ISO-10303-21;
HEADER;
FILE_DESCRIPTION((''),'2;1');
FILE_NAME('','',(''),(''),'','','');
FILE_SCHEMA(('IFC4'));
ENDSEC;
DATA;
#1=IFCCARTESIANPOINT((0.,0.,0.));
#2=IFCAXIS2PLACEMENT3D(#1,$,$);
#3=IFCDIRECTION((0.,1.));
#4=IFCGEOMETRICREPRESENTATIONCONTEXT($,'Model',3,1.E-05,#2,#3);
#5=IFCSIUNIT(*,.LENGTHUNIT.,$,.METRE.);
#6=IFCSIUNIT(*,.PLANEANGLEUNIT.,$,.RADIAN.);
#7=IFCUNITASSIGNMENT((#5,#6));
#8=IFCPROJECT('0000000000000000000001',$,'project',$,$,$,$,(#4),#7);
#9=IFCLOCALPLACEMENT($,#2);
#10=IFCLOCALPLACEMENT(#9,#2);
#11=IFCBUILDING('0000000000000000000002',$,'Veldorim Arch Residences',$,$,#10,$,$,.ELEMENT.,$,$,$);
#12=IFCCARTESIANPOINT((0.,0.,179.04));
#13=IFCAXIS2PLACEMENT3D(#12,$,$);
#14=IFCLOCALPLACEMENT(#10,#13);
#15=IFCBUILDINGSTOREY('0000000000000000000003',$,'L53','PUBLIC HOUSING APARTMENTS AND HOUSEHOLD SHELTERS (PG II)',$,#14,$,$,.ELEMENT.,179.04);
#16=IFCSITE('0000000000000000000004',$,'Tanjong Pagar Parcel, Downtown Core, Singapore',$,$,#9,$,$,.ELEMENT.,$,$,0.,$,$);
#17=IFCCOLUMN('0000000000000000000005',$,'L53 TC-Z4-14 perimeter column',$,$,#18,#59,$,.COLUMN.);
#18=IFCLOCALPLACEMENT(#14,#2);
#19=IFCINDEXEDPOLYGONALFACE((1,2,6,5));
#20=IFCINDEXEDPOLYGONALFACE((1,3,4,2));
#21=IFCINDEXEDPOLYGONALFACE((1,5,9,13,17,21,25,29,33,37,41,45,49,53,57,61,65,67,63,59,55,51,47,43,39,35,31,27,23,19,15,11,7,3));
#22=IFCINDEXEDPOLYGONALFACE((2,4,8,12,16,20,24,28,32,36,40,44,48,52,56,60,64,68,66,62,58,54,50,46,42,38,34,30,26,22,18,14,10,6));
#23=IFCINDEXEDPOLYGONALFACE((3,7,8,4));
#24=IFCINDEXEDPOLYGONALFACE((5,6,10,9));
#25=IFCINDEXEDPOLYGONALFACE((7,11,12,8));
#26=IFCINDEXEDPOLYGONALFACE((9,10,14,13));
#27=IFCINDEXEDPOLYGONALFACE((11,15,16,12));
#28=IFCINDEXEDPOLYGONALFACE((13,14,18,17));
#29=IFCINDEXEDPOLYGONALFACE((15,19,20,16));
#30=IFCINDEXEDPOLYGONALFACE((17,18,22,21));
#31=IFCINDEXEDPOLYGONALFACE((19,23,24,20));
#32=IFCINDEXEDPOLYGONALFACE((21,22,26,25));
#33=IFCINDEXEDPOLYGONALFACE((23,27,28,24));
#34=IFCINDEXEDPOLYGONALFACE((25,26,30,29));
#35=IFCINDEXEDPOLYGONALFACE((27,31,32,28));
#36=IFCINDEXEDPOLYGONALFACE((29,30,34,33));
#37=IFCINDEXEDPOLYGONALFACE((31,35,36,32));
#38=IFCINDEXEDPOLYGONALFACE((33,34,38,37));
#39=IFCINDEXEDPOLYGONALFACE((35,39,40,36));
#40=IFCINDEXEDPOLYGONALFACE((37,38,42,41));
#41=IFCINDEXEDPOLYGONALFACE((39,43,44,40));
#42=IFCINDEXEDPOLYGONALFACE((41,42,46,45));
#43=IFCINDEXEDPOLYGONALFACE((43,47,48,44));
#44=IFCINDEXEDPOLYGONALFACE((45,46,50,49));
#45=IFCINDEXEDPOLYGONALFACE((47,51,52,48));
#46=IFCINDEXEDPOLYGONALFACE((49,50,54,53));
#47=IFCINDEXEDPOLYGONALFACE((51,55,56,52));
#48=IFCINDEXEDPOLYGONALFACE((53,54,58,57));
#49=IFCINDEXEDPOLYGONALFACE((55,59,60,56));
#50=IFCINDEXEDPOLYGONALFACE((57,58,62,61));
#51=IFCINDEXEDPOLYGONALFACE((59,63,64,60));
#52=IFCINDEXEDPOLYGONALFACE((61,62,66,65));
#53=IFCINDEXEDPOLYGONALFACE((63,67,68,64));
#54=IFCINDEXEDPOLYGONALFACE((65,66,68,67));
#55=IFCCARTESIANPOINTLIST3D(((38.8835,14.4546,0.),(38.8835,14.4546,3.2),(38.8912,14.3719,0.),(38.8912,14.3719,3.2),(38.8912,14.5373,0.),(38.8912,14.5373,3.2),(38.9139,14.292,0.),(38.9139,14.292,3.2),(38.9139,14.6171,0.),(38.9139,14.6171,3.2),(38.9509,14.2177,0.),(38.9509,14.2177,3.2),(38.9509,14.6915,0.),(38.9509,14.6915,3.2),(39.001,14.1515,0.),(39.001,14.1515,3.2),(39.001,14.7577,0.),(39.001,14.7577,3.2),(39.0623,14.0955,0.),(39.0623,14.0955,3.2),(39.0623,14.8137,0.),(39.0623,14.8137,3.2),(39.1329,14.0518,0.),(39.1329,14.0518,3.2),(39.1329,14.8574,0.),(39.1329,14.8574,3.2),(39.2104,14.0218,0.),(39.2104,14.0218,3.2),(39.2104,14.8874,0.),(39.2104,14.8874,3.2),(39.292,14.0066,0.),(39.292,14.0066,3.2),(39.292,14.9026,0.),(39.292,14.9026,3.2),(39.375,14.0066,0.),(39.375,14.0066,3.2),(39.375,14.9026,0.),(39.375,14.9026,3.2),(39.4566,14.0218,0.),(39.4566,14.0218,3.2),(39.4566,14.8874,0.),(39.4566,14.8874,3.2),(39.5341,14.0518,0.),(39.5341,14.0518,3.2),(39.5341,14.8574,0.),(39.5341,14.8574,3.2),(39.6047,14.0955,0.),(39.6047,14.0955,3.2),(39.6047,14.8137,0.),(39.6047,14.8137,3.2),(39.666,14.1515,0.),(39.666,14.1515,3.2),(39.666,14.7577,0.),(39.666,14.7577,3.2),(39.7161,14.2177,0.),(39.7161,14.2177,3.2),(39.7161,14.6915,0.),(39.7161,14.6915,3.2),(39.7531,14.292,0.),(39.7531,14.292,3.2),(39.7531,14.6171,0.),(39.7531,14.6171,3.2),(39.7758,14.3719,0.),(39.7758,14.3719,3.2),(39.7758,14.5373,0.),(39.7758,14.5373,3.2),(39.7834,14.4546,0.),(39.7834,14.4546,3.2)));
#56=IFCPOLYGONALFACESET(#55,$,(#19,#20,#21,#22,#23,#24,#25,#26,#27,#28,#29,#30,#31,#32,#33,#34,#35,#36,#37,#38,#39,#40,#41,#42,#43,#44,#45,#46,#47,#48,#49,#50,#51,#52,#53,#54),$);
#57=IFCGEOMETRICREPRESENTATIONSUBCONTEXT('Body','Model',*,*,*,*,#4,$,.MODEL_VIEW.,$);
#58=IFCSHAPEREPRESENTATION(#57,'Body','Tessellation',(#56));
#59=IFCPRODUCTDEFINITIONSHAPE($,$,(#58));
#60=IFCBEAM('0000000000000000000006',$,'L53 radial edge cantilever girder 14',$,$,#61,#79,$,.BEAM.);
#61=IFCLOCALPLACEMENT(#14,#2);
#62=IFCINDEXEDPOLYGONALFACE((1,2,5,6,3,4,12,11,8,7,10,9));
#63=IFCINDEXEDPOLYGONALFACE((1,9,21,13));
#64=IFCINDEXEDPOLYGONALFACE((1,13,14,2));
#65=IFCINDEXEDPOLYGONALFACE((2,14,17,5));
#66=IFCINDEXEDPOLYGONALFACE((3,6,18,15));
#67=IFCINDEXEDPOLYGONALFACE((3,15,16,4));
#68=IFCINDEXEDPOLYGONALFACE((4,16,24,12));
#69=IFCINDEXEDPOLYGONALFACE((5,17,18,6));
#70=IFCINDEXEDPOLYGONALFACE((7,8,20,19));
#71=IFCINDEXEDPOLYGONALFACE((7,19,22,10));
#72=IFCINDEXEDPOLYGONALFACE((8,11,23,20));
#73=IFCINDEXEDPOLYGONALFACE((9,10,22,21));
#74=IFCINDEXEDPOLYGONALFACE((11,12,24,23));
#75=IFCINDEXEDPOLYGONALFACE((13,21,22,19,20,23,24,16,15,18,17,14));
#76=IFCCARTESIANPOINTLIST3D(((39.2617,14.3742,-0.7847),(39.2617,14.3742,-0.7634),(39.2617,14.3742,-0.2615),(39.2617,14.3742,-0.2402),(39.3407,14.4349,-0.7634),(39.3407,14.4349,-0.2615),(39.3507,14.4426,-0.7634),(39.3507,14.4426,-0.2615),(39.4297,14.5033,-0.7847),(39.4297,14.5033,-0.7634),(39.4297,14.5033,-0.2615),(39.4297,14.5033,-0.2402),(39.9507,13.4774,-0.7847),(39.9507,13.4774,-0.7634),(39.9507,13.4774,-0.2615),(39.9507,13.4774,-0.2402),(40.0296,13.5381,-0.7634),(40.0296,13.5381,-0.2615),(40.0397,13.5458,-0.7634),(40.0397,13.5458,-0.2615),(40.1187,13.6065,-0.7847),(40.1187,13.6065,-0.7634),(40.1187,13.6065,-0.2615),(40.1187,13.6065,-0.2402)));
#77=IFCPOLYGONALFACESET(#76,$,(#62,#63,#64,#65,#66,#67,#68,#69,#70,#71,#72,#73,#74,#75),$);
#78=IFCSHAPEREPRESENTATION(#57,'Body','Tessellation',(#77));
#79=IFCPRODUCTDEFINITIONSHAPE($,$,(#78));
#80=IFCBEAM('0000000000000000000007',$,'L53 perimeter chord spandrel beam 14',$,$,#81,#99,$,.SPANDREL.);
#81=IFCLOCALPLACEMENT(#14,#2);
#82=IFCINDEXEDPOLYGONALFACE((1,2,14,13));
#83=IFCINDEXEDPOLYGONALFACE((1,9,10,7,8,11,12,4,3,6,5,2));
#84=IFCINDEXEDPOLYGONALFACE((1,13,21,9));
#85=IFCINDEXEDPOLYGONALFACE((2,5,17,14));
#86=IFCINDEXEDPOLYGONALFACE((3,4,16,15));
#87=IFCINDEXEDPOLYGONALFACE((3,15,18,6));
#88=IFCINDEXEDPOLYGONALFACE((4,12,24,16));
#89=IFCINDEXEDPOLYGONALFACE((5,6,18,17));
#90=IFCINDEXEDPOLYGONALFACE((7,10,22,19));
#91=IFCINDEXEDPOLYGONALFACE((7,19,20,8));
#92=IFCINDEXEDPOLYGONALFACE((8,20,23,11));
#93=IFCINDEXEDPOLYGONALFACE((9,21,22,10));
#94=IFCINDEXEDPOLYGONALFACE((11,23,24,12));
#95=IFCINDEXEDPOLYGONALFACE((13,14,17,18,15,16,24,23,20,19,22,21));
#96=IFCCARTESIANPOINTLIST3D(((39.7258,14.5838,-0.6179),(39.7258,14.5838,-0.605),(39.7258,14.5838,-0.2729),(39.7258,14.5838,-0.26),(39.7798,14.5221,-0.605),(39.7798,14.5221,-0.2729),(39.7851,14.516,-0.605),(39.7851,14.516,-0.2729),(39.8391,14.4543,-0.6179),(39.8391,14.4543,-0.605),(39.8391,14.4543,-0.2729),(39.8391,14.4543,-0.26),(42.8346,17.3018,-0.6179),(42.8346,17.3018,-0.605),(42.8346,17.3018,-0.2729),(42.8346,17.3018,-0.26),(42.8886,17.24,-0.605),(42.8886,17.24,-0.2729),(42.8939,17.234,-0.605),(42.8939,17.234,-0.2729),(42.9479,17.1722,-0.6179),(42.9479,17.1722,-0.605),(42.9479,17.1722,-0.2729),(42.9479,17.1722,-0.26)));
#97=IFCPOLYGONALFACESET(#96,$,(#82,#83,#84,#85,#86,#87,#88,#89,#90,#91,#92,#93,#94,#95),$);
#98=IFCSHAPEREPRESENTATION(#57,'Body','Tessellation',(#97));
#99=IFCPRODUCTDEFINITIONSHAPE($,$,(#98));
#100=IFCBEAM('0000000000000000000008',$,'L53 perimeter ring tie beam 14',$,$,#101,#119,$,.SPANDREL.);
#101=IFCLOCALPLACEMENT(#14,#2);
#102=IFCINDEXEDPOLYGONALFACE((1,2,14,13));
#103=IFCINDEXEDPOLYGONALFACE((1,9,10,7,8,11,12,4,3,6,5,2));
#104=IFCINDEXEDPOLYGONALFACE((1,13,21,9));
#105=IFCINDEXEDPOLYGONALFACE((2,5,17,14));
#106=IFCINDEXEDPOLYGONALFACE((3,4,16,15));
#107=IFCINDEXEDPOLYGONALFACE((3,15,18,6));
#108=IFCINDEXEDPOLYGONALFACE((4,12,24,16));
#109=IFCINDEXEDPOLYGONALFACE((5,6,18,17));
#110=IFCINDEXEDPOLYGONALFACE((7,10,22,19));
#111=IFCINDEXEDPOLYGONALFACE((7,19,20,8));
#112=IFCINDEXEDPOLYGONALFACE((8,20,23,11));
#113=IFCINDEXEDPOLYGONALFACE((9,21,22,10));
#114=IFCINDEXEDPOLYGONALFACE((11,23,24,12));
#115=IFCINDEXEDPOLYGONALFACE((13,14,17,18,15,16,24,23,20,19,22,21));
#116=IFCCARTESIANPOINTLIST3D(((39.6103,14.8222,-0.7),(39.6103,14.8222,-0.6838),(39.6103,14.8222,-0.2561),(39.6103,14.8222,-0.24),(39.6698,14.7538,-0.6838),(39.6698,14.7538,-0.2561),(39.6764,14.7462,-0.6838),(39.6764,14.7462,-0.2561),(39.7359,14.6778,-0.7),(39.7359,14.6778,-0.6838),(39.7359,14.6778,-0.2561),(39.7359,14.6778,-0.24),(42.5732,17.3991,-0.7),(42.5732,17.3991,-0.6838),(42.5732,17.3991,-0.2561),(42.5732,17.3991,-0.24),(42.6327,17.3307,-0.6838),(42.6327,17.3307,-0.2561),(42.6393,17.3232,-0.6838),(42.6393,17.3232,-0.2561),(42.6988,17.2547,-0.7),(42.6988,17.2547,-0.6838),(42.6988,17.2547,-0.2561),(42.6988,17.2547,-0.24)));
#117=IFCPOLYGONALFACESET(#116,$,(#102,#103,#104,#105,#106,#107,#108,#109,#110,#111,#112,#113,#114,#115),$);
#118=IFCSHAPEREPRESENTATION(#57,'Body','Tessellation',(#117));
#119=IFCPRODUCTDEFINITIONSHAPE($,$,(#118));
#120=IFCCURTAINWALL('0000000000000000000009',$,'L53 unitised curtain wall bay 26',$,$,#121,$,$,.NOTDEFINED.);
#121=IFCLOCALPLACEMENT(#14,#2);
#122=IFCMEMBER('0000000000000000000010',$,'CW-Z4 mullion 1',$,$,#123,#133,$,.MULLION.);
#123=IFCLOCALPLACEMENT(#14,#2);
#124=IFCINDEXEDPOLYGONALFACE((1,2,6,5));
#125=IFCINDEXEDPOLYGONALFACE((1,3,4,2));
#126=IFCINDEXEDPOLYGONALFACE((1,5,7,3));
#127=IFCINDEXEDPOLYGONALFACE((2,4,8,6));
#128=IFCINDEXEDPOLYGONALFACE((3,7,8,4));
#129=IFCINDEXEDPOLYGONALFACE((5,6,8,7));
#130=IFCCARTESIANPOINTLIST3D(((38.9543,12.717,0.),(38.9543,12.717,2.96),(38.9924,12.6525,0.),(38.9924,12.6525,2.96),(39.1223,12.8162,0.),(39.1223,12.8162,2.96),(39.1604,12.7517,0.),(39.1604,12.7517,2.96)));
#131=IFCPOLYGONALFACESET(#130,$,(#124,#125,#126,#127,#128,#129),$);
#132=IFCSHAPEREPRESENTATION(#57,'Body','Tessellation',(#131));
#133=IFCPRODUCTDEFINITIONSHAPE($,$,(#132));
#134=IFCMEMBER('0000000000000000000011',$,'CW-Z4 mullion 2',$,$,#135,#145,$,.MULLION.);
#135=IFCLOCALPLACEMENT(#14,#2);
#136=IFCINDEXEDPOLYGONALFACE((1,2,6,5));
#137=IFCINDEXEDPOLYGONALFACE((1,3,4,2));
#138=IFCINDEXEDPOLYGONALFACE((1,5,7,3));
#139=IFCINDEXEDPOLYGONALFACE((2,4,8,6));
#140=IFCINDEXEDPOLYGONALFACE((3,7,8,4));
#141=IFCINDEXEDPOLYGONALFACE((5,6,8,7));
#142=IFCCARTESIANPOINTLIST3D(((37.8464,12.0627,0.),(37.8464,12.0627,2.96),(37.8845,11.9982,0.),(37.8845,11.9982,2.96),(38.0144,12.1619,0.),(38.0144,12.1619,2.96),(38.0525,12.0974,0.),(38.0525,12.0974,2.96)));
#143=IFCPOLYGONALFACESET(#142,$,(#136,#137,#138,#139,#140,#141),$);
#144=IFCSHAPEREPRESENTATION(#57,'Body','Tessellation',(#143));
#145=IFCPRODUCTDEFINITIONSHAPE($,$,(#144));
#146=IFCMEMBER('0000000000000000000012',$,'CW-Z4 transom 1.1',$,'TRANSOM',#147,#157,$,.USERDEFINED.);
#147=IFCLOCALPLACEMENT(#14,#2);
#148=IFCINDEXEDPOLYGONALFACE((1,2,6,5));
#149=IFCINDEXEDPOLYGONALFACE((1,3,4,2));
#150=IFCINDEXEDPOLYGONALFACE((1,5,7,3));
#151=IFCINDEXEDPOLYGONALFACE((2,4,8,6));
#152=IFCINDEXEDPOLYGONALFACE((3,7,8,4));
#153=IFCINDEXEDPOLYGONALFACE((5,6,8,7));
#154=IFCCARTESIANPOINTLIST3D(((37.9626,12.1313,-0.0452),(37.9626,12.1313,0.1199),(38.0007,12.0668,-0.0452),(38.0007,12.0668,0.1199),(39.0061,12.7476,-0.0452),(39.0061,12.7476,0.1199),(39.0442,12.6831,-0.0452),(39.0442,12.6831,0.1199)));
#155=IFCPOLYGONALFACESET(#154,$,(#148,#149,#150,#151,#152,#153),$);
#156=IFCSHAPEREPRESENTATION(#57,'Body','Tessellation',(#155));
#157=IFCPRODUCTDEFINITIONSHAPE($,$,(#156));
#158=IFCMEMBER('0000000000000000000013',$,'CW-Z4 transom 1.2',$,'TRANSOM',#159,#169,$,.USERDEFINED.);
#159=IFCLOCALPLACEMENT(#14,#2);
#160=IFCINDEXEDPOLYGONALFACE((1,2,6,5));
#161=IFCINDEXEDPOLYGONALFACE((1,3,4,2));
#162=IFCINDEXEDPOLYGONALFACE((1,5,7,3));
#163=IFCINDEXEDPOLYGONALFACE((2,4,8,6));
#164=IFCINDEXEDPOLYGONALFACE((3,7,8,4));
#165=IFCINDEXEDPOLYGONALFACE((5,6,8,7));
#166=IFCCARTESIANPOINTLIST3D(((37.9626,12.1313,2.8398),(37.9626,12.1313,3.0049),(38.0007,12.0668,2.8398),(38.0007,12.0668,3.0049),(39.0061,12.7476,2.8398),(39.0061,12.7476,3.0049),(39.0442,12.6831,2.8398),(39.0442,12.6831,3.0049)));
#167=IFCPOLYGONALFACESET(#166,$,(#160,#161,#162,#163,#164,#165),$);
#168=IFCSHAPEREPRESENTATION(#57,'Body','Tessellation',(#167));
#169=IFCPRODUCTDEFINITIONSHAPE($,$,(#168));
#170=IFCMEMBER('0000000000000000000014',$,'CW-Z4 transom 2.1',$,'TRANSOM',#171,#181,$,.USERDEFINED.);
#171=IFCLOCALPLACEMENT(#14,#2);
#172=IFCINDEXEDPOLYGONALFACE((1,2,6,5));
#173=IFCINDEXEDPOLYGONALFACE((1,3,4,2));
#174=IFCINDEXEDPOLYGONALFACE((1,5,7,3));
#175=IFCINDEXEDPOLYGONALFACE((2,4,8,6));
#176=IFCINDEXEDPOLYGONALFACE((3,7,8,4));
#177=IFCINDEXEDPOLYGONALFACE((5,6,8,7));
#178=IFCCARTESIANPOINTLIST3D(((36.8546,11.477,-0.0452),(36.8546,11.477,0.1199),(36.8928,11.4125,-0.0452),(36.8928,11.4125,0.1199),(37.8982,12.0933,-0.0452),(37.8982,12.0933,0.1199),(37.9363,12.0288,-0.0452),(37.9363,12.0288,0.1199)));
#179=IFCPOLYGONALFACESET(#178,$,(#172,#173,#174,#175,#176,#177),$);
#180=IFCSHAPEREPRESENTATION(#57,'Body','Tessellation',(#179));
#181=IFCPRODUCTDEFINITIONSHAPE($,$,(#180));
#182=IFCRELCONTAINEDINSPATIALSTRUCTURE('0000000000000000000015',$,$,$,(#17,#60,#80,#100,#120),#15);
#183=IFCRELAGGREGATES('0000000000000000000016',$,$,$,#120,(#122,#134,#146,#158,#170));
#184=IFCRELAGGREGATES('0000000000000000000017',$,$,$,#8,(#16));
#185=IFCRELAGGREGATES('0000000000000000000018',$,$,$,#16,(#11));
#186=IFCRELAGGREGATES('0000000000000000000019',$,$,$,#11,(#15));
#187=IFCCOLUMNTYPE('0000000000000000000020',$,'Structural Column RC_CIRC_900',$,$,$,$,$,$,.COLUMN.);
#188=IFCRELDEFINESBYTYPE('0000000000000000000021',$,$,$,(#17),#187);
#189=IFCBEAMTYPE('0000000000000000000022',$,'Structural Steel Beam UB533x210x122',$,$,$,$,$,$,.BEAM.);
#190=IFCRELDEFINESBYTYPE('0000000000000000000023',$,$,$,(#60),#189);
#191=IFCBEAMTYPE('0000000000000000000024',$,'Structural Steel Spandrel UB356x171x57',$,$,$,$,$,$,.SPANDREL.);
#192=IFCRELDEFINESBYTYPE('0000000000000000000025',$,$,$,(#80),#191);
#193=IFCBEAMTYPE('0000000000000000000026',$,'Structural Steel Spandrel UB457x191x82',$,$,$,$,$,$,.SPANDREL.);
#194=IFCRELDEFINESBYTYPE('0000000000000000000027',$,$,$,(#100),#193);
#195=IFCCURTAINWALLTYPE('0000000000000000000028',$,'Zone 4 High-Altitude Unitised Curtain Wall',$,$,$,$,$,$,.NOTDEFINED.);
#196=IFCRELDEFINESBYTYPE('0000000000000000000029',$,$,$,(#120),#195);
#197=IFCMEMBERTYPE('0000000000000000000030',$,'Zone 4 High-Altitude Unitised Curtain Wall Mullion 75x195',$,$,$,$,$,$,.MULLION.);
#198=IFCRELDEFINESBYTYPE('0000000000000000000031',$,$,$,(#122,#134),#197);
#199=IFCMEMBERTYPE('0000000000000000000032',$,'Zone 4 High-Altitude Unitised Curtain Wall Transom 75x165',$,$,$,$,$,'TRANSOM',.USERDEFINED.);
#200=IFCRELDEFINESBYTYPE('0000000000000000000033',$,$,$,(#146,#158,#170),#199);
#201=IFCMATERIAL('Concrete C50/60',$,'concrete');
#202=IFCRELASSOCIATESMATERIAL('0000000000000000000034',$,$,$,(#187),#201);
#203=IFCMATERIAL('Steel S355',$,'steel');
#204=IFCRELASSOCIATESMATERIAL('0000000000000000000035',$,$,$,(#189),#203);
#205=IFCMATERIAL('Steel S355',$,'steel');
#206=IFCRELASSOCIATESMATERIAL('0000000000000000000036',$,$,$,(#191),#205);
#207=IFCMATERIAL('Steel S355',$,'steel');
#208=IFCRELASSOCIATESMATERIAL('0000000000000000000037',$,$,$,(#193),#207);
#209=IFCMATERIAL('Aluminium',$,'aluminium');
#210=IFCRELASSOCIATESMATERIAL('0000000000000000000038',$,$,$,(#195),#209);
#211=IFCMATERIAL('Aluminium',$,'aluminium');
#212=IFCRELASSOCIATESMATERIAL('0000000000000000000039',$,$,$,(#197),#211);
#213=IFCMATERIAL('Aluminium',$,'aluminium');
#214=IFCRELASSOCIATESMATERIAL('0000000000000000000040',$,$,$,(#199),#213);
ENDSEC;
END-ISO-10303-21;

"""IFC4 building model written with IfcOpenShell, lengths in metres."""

from ifc_helpers import new_model, si_unit, direction, frame, origin, origin_2d, place, context, subcontext, project, spatial, rectangle, circle, i_section, extrude, material, material_profile, profile_set, type_object, element, aggregate, save


model = new_model("IFC4")

# Units and contexts
model_context = context("Model", 3, precision=1e-05, world=origin(), true_north=direction((0.0, 1.0)))
body_context = subcontext(model_context, "Body", "Model", "MODEL_VIEW")
ifc_project = project(units=[si_unit("LENGTHUNIT", "METRE"), si_unit("PLANEANGLEUNIT", "RADIAN")], contexts=[model_context])

# Site, building, storey
site_placement = place(None, origin())
site = spatial("IfcSite", under=ifc_project, at=site_placement, Name="Tanjong Pagar Parcel, Downtown Core, Singapore", CompositionType="ELEMENT", RefElevation=0.0)
building_placement = place(site_placement, origin())
building = spatial("IfcBuilding", under=site, at=building_placement, Name="Veldorim Arch Residences", CompositionType="ELEMENT")
storey_placement = place(building_placement, frame((0.0, 0.0, 179.04)))
storey = spatial("IfcBuildingStorey", under=building, at=storey_placement, Name="L53", Description="PUBLIC HOUSING APARTMENTS AND HOUSEHOLD SHELTERS (PG II)", CompositionType="ELEMENT", Elevation=179.04)

# Column
ifc_material_1 = material(Name="Concrete C50/60", Category="concrete")
ifc_material_profile_1 = material_profile(ifc_material_1, circle(Radius=0.45, at=origin_2d()), Name="RC_CIRC_900")
ifc_profile_set_1 = profile_set([ifc_material_profile_1], Name="Concrete C50/60")
column_type = type_object("IfcColumnType", Name="Structural Column RC_CIRC_900", PredefinedType="COLUMN", material=ifc_profile_set_1)
column_placement = place(storey_placement, frame((39.3335, 14.4546, 0.0), z_axis=(0.0, 0.0, 1.0), x_axis=(1.0, 0.0, 0.0)))
element("IfcColumn", 1, at=column_placement, inside=storey, type_object=column_type, Name="L53 TC-Z4-14 perimeter column", PredefinedType="COLUMN", context=body_context, shape_type="SweptSolid", body=[
    extrude(circle(Radius=0.45, at=origin_2d()), origin(), (0.0, 0.0, 1.0), 3.2),
])

# Beams
ifc_material_2 = material(Name="Steel S355", Category="steel")
ifc_material_profile_2 = material_profile(ifc_material_2, i_section(OverallWidth=0.2119, OverallDepth=0.5444, WebThickness=0.0127, FlangeThickness=0.0212, at=origin_2d()), Name="UB533x210x122")
ifc_profile_set_2 = profile_set([ifc_material_profile_2], Name="Steel S355")
beam_type_1 = type_object("IfcBeamType", Name="Structural Steel Beam UB533x210x122", PredefinedType="BEAM", material=ifc_profile_set_2)
beam_1_placement = place(storey_placement, frame((39.3457, 14.4387, -0.5125), z_axis=(0.609252, -0.792977, 0.0), x_axis=(0.792977, 0.609252, 0.0)))
element("IfcBeam", 2, at=beam_1_placement, inside=storey, type_object=beam_type_1, Name="L53 radial edge cantilever girder 14", PredefinedType="BEAM", context=body_context, shape_type="SweptSolid", body=[
    extrude(i_section(OverallWidth=0.2119, OverallDepth=0.5444, WebThickness=0.0127, FlangeThickness=0.0212, at=origin_2d()), origin(), (0.0, 0.0, 1.0), 1.1309),
])
ifc_material_3 = material(Name="Steel S355", Category="steel")
ifc_material_profile_3 = material_profile(ifc_material_3, i_section(OverallWidth=0.1721, OverallDepth=0.3579, WebThickness=0.0081, FlangeThickness=0.0129, at=origin_2d()), Name="UB356x171x57")
ifc_profile_set_3 = profile_set([ifc_material_profile_3], Name="Steel S355")
beam_type_2 = type_object("IfcBeamType", Name="Structural Steel Spandrel UB356x171x57", PredefinedType="SPANDREL", material=ifc_profile_set_3)
beam_2_placement = place(storey_placement, frame((39.7825, 14.519, -0.439), z_axis=(0.752848, 0.658195, 0.0), x_axis=(-0.658195, 0.752848, 0.0)))
element("IfcBeam", 3, at=beam_2_placement, inside=storey, type_object=beam_type_2, Name="L53 perimeter chord spandrel beam 14", PredefinedType="SPANDREL", context=body_context, shape_type="SweptSolid", body=[
    extrude(i_section(OverallWidth=0.1721, OverallDepth=0.3579, WebThickness=0.0081, FlangeThickness=0.0129, at=origin_2d()), origin(), (0.0, 0.0, 1.0), 4.1294),
])
ifc_material_4 = material(Name="Steel S355", Category="steel")
ifc_material_profile_4 = material_profile(ifc_material_4, i_section(OverallWidth=0.1914, OverallDepth=0.46, WebThickness=0.01, FlangeThickness=0.0161, at=origin_2d()), Name="UB457x191x82")
ifc_profile_set_4 = profile_set([ifc_material_profile_4], Name="Steel S355")
beam_type_3 = type_object("IfcBeamType", Name="Structural Steel Spandrel UB457x191x82", PredefinedType="SPANDREL", material=ifc_profile_set_4)
beam_3_placement = place(storey_placement, frame((39.6731, 14.75, -0.47), z_axis=(0.754545, 0.656248, 0.0), x_axis=(-0.656248, 0.754545, 0.0)))
element("IfcBeam", 4, at=beam_3_placement, inside=storey, type_object=beam_type_3, Name="L53 perimeter ring tie beam 14", PredefinedType="SPANDREL", context=body_context, shape_type="SweptSolid", body=[
    extrude(i_section(OverallWidth=0.1914, OverallDepth=0.46, WebThickness=0.01, FlangeThickness=0.0161, at=origin_2d()), origin(), (0.0, 0.0, 1.0), 3.9268),
])

# Curtain wall, members
ifc_material_5 = material(Name="Aluminium", Category="aluminium")
curtain_wall_type = type_object("IfcCurtainWallType", Name="Zone 4 High-Altitude Unitised Curtain Wall", PredefinedType="NOTDEFINED", material=ifc_material_5)
curtain_wall_placement = place(storey_placement, origin())
curtain_wall = element("IfcCurtainWall", 5, at=curtain_wall_placement, inside=storey, type_object=curtain_wall_type, Name="L53 unitised curtain wall bay 26", PredefinedType="NOTDEFINED")
ifc_material_6 = material(Name="Aluminium", Category="aluminium")
ifc_material_profile_5 = material_profile(ifc_material_6, rectangle(XDim=0.075, YDim=0.1951, at=origin_2d()), Name="ALU_MUL_75x195")
ifc_profile_set_5 = profile_set([ifc_material_profile_5], Name="Aluminium")
member_type_1 = type_object("IfcMemberType", Name="Zone 4 High-Altitude Unitised Curtain Wall Mullion 75x195", PredefinedType="MULLION", material=ifc_profile_set_5)
member_1_placement = place(storey_placement, frame((39.0574, 12.7344, 0.0), z_axis=(0.0, 0.0, 1.0), x_axis=(0.508514, -0.861054, 0.0)))
member_1 = element("IfcMember", 6, at=member_1_placement, type_object=member_type_1, Name="CW-Z4 mullion 1", PredefinedType="MULLION", context=body_context, shape_type="SweptSolid", body=[
    extrude(rectangle(XDim=0.075, YDim=0.1951, at=origin_2d()), origin(), (0.0, 0.0, 1.0), 2.96),
])
member_2_placement = place(storey_placement, frame((37.9495, 12.0801, 0.0), z_axis=(0.0, 0.0, 1.0), x_axis=(0.508514, -0.861054, 0.0)))
member_2 = element("IfcMember", 7, at=member_2_placement, type_object=member_type_1, Name="CW-Z4 mullion 2", PredefinedType="MULLION", context=body_context, shape_type="SweptSolid", body=[
    extrude(rectangle(XDim=0.075, YDim=0.1951, at=origin_2d()), origin(), (0.0, 0.0, 1.0), 2.96),
])
ifc_material_7 = material(Name="Aluminium", Category="aluminium")
ifc_material_profile_6 = material_profile(ifc_material_7, rectangle(XDim=0.075, YDim=0.165, at=origin_2d()), Name="ALU_TRN_75x165")
ifc_profile_set_6 = profile_set([ifc_material_profile_6], Name="Aluminium")
member_type_2 = type_object("IfcMemberType", Name="Zone 4 High-Altitude Unitised Curtain Wall Transom 75x165", ElementType="TRANSOM", PredefinedType="USERDEFINED", material=ifc_profile_set_6)
member_3_placement = place(storey_placement, frame((39.0251, 12.7153, 0.0374), z_axis=(-0.861063, -0.508499, 0.0), x_axis=(0.508499, -0.861063, 0.0)))
member_3 = element("IfcMember", 8, at=member_3_placement, type_object=member_type_2, Name="CW-Z4 transom 1.1", ObjectType="TRANSOM", PredefinedType="USERDEFINED", context=body_context, shape_type="SweptSolid", body=[
    extrude(rectangle(XDim=0.075, YDim=0.165, at=origin_2d()), origin(), (0.0, 0.0, 1.0), 1.2119),
])
member_4_placement = place(storey_placement, frame((39.0251, 12.7153, 2.9224), z_axis=(-0.861063, -0.508499, 0.0), x_axis=(0.508499, -0.861063, 0.0)))
member_4 = element("IfcMember", 9, at=member_4_placement, type_object=member_type_2, Name="CW-Z4 transom 1.2", ObjectType="TRANSOM", PredefinedType="USERDEFINED", context=body_context, shape_type="SweptSolid", body=[
    extrude(rectangle(XDim=0.075, YDim=0.165, at=origin_2d()), origin(), (0.0, 0.0, 1.0), 1.2119),
])
member_5_placement = place(storey_placement, frame((37.9172, 12.061, 0.0374), z_axis=(-0.861063, -0.508499, 0.0), x_axis=(0.508499, -0.861063, 0.0)))
member_5 = element("IfcMember", 10, at=member_5_placement, type_object=member_type_2, Name="CW-Z4 transom 2.1", ObjectType="TRANSOM", PredefinedType="USERDEFINED", context=body_context, shape_type="SweptSolid", body=[
    extrude(rectangle(XDim=0.075, YDim=0.165, at=origin_2d()), origin(), (0.0, 0.0, 1.0), 1.2119),
])
aggregate(curtain_wall, [member_1, member_2, member_3, member_4, member_5])

save(model, "model.ifc")
